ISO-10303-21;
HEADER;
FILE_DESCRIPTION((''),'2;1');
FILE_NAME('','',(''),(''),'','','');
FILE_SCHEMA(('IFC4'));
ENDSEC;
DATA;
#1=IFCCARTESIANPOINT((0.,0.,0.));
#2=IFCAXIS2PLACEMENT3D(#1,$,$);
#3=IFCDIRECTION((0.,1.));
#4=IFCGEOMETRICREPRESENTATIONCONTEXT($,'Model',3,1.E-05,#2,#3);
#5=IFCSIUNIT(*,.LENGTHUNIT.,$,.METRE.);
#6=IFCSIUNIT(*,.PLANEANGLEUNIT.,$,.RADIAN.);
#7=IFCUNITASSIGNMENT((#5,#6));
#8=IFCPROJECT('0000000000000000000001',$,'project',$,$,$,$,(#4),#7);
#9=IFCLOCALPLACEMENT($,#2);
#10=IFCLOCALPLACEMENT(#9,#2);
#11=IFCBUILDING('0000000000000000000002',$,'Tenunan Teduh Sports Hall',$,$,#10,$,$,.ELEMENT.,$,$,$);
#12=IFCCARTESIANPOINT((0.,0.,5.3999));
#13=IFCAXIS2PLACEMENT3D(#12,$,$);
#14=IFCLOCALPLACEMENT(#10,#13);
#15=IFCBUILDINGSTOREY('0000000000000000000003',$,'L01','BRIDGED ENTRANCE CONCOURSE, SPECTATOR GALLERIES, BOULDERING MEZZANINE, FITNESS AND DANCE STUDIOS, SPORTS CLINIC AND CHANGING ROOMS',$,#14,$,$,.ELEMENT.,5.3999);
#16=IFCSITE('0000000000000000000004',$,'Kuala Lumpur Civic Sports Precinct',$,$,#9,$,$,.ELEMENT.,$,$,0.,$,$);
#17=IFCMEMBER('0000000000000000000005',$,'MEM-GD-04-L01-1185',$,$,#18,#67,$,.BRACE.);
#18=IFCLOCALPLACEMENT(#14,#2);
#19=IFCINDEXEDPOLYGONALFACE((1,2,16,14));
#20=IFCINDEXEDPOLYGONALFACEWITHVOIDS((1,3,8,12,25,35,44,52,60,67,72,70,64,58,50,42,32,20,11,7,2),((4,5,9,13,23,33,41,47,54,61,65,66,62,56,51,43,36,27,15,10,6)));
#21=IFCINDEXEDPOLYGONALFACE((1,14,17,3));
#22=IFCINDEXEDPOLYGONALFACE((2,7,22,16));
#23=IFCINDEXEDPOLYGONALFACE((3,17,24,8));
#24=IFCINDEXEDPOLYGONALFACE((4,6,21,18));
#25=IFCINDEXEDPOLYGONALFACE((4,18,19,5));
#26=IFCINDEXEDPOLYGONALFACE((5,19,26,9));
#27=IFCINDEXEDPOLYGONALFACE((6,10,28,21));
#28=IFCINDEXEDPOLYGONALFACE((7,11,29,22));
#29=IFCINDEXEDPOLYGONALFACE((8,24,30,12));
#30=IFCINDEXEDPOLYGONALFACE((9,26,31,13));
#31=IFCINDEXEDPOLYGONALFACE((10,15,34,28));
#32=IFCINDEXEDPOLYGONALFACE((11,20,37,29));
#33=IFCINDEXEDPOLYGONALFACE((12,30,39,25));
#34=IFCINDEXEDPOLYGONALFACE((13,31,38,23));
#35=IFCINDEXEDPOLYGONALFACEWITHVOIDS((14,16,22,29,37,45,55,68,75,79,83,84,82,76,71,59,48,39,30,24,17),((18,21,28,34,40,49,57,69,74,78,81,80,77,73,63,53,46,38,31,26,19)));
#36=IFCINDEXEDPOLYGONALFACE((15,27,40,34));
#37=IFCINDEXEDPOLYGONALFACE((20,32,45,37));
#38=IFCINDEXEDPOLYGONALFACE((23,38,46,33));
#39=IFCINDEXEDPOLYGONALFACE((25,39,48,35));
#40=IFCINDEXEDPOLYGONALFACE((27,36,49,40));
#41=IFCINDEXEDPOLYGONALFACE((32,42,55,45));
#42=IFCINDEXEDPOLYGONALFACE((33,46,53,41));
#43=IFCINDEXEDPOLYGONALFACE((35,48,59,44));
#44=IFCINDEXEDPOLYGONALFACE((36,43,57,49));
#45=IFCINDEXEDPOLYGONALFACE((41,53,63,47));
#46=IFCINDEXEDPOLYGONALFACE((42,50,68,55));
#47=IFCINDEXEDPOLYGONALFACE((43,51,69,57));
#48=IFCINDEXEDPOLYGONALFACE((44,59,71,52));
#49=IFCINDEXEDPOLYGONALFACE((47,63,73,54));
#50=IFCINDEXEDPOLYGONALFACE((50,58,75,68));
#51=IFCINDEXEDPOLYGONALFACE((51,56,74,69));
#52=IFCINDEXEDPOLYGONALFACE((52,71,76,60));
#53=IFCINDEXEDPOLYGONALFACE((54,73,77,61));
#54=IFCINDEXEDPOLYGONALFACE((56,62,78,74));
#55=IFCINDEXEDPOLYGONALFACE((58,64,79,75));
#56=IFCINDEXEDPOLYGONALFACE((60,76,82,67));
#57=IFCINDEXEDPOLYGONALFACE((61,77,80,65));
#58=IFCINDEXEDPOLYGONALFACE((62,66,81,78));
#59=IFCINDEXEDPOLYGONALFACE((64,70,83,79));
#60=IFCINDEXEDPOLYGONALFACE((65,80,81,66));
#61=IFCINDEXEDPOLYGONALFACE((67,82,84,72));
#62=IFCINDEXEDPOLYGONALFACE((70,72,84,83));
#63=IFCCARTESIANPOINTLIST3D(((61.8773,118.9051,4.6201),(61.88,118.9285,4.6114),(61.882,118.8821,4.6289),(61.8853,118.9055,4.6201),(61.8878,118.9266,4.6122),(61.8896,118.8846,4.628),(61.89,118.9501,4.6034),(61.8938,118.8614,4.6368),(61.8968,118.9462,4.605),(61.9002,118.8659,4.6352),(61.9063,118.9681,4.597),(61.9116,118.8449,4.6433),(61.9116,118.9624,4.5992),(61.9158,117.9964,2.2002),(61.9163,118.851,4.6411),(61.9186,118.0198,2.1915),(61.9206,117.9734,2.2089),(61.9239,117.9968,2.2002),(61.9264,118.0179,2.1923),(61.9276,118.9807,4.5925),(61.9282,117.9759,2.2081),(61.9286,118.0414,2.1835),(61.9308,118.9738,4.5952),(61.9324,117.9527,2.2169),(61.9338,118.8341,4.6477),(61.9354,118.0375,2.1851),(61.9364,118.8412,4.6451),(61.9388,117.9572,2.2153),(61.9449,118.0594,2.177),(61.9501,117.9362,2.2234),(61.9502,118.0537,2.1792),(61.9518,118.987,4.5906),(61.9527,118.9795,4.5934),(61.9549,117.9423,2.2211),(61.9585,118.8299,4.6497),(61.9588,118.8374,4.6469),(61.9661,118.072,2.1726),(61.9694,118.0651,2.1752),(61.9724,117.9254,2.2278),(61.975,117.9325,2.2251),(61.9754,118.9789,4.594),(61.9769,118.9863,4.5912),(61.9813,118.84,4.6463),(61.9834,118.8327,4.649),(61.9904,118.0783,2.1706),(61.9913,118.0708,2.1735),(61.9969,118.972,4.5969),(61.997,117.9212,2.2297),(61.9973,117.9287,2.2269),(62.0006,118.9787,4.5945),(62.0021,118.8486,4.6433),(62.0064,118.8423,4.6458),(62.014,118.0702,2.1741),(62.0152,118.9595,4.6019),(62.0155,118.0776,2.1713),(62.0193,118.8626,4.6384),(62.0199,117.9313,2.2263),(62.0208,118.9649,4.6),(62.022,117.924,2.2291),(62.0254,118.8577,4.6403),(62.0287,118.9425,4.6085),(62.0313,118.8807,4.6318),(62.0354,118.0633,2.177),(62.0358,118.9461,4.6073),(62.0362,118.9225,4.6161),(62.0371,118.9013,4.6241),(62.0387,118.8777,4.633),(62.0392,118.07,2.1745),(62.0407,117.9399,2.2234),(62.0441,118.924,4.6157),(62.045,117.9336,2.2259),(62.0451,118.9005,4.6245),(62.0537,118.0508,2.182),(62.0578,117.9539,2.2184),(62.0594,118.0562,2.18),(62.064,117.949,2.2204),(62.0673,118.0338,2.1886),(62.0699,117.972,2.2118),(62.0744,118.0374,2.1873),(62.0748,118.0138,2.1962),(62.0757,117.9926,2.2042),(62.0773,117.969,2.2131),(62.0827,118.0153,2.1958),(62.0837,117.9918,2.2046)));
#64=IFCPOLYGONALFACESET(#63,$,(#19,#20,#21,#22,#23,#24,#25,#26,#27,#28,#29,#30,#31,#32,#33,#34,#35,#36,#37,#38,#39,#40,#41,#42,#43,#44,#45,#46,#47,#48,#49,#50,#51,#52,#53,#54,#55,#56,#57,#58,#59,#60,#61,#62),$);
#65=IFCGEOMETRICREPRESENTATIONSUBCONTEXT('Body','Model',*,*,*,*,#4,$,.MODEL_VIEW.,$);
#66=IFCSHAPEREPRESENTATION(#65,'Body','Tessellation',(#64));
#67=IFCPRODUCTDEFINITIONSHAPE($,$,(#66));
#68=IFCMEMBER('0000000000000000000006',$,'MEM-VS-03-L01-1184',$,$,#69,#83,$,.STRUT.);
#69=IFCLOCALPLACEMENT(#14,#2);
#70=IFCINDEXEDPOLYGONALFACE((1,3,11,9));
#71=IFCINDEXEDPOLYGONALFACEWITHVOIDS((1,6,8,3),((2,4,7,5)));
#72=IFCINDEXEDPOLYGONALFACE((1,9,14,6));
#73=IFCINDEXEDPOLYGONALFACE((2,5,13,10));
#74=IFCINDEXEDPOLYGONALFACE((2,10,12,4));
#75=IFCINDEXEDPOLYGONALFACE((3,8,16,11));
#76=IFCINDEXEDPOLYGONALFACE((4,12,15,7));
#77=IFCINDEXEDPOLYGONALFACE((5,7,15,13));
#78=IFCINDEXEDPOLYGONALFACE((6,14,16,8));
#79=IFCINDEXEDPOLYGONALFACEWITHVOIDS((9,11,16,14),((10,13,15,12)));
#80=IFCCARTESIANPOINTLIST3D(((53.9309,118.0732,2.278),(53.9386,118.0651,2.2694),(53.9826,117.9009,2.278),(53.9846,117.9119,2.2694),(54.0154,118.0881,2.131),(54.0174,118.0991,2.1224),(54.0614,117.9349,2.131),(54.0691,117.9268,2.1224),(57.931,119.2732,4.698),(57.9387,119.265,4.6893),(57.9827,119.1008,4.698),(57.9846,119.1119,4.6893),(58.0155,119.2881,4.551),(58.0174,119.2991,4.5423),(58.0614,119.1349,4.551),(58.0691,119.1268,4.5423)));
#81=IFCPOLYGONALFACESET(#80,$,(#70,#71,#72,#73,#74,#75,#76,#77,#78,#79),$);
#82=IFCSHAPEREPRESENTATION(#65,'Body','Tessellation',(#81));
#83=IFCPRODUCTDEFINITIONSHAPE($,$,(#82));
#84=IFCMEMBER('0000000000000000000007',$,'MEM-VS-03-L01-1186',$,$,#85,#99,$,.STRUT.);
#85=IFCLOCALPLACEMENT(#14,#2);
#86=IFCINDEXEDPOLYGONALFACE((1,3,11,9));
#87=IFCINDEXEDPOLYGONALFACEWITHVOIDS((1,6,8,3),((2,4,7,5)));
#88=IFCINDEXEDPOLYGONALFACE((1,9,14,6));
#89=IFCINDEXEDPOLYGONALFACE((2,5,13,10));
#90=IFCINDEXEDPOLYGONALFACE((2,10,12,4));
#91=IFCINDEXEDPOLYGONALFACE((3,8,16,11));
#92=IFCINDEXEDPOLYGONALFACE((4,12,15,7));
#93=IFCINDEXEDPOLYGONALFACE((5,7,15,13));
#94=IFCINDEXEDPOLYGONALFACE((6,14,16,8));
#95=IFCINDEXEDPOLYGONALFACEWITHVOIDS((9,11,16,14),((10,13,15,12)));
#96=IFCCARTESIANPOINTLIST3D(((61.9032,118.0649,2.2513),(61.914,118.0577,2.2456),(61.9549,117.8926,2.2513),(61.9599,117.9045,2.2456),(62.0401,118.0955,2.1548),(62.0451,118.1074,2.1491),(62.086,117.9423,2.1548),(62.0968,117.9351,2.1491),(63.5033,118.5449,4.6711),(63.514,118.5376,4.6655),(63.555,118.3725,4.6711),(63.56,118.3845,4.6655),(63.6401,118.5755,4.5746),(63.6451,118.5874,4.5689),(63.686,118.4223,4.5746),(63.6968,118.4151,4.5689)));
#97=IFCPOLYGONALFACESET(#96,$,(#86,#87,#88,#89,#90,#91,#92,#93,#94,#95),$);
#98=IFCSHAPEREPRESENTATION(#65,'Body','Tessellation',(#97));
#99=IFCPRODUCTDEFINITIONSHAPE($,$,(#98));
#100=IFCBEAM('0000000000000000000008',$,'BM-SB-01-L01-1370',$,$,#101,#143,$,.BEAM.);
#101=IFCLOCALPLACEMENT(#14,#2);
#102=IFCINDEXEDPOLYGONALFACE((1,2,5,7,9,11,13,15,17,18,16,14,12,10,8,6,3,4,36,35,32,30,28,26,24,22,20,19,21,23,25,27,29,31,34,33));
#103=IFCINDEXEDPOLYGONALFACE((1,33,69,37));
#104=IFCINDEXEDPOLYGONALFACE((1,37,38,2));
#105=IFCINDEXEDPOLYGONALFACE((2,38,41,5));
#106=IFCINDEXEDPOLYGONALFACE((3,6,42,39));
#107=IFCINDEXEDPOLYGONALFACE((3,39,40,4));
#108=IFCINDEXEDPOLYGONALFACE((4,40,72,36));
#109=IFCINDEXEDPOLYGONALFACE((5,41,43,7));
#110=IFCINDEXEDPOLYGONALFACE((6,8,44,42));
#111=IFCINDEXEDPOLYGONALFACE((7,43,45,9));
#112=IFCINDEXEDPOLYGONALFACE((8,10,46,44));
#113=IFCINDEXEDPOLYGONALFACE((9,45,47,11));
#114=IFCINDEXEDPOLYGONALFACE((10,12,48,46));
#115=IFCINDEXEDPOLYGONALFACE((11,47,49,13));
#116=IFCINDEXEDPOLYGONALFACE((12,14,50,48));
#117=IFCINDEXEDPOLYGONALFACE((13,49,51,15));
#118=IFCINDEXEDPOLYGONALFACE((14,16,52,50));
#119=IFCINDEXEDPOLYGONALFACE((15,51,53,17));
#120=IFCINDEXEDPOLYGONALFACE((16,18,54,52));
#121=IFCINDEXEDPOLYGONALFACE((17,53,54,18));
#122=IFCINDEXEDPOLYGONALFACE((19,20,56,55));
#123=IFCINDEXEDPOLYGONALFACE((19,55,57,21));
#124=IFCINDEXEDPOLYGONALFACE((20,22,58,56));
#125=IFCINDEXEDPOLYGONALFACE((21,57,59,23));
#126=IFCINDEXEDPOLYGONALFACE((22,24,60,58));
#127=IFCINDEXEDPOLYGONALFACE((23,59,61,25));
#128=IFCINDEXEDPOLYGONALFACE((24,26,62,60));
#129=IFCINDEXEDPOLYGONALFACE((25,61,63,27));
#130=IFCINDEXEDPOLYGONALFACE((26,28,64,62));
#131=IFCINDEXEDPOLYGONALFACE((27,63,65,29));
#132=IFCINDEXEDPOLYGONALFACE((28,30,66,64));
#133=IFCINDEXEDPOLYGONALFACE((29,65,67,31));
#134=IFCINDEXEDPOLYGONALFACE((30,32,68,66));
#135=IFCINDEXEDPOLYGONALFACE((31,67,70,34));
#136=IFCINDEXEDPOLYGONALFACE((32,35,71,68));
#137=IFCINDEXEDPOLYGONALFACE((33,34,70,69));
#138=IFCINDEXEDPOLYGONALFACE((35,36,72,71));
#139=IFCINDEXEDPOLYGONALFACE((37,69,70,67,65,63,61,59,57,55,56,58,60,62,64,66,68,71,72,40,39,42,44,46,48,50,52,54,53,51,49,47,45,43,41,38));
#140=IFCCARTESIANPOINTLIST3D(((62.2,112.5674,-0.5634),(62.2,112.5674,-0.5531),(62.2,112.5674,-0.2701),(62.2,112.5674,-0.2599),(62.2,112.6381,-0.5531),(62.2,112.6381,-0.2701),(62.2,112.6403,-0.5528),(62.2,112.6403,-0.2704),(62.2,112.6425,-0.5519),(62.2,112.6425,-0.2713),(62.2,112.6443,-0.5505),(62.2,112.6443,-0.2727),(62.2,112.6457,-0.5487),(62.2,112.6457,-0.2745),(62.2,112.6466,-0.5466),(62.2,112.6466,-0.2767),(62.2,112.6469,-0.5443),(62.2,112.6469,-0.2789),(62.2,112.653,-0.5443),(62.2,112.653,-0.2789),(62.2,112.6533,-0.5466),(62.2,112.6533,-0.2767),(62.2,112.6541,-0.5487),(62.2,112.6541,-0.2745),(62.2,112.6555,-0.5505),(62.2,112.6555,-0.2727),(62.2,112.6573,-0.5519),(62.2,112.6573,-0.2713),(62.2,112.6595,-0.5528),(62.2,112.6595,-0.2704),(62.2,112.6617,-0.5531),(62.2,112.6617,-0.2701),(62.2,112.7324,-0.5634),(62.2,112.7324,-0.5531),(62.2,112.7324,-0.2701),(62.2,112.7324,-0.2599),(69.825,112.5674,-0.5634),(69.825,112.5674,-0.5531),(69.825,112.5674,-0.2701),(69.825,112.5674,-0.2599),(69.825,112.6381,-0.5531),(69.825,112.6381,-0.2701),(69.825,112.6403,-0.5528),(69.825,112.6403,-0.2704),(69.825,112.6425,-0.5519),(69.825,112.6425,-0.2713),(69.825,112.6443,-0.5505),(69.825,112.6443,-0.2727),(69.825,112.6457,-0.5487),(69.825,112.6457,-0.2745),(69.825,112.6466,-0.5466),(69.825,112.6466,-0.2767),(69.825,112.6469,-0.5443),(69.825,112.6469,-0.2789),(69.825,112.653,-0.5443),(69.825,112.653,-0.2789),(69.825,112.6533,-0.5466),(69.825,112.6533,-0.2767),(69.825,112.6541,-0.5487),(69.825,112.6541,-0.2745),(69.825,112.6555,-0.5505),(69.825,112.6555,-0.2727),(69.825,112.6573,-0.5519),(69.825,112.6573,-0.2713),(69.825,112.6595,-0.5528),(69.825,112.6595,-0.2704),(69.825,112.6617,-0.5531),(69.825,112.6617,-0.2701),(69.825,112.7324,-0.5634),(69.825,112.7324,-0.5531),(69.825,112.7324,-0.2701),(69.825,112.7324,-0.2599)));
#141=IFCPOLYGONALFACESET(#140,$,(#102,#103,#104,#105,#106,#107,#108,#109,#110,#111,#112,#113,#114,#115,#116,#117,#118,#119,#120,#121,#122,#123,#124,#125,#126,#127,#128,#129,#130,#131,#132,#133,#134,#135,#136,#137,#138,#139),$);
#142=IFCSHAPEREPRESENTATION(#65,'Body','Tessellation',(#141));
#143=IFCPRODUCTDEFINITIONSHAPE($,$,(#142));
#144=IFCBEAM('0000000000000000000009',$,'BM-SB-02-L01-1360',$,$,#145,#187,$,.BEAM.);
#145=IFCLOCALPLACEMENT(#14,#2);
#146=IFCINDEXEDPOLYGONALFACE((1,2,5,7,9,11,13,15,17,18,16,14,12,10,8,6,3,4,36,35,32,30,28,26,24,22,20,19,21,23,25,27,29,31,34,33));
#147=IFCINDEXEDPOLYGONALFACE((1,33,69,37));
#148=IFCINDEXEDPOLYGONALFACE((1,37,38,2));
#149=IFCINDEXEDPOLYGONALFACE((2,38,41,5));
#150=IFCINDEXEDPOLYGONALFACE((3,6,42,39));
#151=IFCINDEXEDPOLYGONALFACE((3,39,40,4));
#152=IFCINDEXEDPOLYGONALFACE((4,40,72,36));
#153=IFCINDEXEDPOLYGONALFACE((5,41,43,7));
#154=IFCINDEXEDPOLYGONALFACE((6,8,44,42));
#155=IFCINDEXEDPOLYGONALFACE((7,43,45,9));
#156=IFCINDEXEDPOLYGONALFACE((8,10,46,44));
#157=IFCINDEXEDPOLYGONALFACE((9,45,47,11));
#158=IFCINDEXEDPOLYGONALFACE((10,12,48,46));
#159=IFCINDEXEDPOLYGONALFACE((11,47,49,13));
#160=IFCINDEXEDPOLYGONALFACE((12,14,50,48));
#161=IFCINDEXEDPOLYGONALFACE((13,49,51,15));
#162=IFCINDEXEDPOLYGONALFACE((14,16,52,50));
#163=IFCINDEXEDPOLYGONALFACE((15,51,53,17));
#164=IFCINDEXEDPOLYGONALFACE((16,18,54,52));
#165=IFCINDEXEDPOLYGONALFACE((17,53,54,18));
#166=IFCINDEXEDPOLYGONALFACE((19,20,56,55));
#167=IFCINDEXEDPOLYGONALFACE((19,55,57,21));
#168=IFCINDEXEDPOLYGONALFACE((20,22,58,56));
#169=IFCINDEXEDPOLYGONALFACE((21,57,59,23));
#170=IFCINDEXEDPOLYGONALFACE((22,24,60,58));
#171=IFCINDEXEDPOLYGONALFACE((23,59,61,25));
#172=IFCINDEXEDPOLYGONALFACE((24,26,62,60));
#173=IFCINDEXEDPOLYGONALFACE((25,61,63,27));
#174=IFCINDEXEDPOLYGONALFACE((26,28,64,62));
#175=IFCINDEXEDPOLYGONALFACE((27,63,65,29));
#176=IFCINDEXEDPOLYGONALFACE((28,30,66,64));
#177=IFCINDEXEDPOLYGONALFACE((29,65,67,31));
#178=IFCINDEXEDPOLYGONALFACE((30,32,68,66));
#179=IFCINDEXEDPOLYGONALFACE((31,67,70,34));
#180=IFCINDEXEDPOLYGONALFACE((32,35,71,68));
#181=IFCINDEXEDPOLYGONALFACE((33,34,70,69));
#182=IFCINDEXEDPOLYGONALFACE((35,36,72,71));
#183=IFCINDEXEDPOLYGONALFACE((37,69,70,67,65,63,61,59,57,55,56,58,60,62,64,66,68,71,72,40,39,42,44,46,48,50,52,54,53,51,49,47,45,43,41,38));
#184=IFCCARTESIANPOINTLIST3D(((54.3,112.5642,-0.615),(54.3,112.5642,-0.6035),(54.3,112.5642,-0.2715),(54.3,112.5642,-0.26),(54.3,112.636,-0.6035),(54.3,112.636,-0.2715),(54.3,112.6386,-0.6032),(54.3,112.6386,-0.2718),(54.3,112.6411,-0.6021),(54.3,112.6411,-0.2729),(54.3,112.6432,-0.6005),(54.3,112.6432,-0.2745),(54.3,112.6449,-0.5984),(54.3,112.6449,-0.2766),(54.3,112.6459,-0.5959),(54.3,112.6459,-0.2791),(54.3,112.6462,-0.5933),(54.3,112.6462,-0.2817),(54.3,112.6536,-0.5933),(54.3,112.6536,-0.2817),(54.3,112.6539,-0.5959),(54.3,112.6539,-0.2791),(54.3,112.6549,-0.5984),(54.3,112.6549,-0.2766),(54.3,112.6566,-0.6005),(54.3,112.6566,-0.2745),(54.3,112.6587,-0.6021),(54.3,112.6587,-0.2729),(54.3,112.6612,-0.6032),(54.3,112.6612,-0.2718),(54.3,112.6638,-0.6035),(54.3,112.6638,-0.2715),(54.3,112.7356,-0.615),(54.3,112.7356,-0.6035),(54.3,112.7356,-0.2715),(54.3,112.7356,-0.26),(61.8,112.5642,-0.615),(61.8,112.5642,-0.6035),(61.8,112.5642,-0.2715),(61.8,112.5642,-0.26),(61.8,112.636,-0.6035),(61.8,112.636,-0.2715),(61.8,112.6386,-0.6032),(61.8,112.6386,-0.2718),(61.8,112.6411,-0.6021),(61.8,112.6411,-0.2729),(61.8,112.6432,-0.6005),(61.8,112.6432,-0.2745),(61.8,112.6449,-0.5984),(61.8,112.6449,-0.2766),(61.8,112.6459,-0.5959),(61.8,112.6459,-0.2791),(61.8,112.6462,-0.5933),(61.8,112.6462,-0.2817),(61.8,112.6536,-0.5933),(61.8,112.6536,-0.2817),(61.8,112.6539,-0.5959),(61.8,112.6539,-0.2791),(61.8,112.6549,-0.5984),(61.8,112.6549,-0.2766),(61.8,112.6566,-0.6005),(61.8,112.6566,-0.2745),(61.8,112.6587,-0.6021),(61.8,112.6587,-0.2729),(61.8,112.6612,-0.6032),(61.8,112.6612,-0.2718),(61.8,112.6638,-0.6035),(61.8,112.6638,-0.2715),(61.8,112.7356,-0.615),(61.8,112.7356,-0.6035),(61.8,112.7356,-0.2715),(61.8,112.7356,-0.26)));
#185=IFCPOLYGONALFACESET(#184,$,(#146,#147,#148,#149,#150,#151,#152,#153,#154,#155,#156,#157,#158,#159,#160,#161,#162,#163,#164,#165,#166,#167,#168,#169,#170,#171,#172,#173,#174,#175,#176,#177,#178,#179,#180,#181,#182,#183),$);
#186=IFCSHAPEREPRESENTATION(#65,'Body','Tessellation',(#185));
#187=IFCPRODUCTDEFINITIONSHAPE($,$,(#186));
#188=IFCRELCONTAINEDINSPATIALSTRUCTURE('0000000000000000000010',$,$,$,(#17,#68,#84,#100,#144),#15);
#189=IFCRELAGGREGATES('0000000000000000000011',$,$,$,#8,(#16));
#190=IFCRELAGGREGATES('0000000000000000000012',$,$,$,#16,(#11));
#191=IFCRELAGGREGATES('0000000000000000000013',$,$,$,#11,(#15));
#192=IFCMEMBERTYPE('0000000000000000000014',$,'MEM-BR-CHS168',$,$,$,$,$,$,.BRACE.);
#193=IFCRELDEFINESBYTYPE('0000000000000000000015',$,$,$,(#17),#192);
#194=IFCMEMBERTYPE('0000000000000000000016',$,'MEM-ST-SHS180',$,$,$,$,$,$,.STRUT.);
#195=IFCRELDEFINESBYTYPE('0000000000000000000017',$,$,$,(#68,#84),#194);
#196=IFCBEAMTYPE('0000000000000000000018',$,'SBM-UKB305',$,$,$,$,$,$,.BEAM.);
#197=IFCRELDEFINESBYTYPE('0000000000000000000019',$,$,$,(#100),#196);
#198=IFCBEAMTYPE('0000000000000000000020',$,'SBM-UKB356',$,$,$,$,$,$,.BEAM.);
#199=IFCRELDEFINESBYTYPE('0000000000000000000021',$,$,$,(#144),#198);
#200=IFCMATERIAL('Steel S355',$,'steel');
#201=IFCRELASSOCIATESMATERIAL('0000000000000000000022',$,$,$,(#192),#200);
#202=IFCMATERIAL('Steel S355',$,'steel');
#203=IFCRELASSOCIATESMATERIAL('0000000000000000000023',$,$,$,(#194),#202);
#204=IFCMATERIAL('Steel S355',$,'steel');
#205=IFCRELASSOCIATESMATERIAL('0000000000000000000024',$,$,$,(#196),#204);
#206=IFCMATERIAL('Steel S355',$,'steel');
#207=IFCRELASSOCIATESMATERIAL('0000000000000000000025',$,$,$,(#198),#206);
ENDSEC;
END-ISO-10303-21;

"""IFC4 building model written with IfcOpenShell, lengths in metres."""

from ifc_helpers import new_model, si_unit, direction, frame, origin, origin_2d, place, context, subcontext, project, spatial, hollow_rectangle, hollow_circle, i_section, extrude, material, material_profile, profile_set, type_object, element, save


model = new_model("IFC4")

# Units and contexts
model_context = context("Model", 3, precision=1e-05, world=origin(), true_north=direction((0.0, 1.0)))
body_context = subcontext(model_context, "Body", "Model", "MODEL_VIEW")
ifc_project = project(units=[si_unit("LENGTHUNIT", "METRE"), si_unit("PLANEANGLEUNIT", "RADIAN")], contexts=[model_context])

# Site, building, storey
site_placement = place(None, origin())
site = spatial("IfcSite", under=ifc_project, at=site_placement, Name="Kuala Lumpur Civic Sports Precinct", CompositionType="ELEMENT", RefElevation=0.0)
building_placement = place(site_placement, origin())
building = spatial("IfcBuilding", under=site, at=building_placement, Name="Tenunan Teduh Sports Hall", CompositionType="ELEMENT")
storey_placement = place(building_placement, frame((0.0, 0.0, 5.3999)))
storey = spatial("IfcBuildingStorey", under=building, at=storey_placement, Name="L01", Description="BRIDGED ENTRANCE CONCOURSE, SPECTATOR GALLERIES, BOULDERING MEZZANINE, FITNESS AND DANCE STUDIOS, SPORTS CLINIC AND CHANGING ROOMS", CompositionType="ELEMENT", Elevation=5.3999)

# Members
ifc_material_1 = material(Name="Steel S355", Category="steel")
ifc_material_profile_1 = material_profile(ifc_material_1, hollow_circle(Radius=0.0842, WallThickness=0.0081, at=origin_2d()), Name="CHS 168.3x8.0")
ifc_profile_set_1 = profile_set([ifc_material_profile_1], Name="Steel S355")
member_type_1 = type_object("IfcMemberType", Name="MEM-BR-CHS168", PredefinedType="BRACE", material=ifc_profile_set_1)
member_1_placement = place(storey_placement, frame((62.0, 118.0, 2.2002), z_axis=(-0.014921, 0.351498, 0.93607), x_axis=(-0.9991, -0.042412, 0.0)))
element("IfcMember", 1, at=member_1_placement, inside=storey, type_object=member_type_1, Name="MEM-GD-04-L01-1185", PredefinedType="BRACE", context=body_context, shape_type="SweptSolid", body=[
    extrude(hollow_circle(Radius=0.0842, WallThickness=0.0081, at=origin_2d()), origin(), (0.0, 0.0, 1.0), 2.5852),
])
ifc_material_2 = material(Name="Steel S355", Category="steel")
ifc_material_profile_2 = material_profile(ifc_material_2, hollow_rectangle(XDim=0.1799, YDim=0.1799, WallThickness=0.01, at=origin_2d()), Name="SHS 180x180x10.0")
ifc_profile_set_2 = profile_set([ifc_material_profile_2], Name="Steel S355")
member_type_2 = type_object("IfcMemberType", Name="MEM-ST-SHS180", PredefinedType="STRUT", material=ifc_profile_set_2)
member_2_placement = place(storey_placement, frame((54.0, 118.0, 2.2002), z_axis=(0.828744, 0.248613, 0.501374), x_axis=(-0.287337, 0.95783, 0.0)))
element("IfcMember", 2, at=member_2_placement, inside=storey, type_object=member_type_2, Name="MEM-VS-03-L01-1184", PredefinedType="STRUT", context=body_context, shape_type="SweptSolid", body=[
    extrude(hollow_rectangle(XDim=0.1799, YDim=0.1799, WallThickness=0.01, at=origin_2d()), origin(), (0.0, 0.0, 1.0), 4.8267),
])
member_3_placement = place(storey_placement, frame((62.0, 118.0, 2.2002), z_axis=(0.544153, 0.163229, 0.822954), x_axis=(-0.287321, 0.957834, 0.0)))
element("IfcMember", 3, at=member_3_placement, inside=storey, type_object=member_type_2, Name="MEM-VS-03-L01-1186", PredefinedType="STRUT", context=body_context, shape_type="SweptSolid", body=[
    extrude(hollow_rectangle(XDim=0.1799, YDim=0.1799, WallThickness=0.01, at=origin_2d()), origin(), (0.0, 0.0, 1.0), 2.9404),
])

# Beams
ifc_material_3 = material(Name="Steel S355", Category="steel")
ifc_material_profile_3 = material_profile(ifc_material_3, i_section(OverallWidth=0.165, OverallDepth=0.3035, WebThickness=0.0061, FlangeThickness=0.0103, FilletRadius=0.0088, at=origin_2d()), Name="UKB 305x165x40")
ifc_profile_set_3 = profile_set([ifc_material_profile_3], Name="Steel S355")
beam_type_1 = type_object("IfcBeamType", Name="SBM-UKB305", PredefinedType="BEAM", material=ifc_profile_set_3)
beam_1_placement = place(storey_placement, frame((62.2, 112.6499, -0.4116), z_axis=(1.0, 0.0, 0.0), x_axis=(0.0, 1.0, 0.0)))
element("IfcBeam", 4, at=beam_1_placement, inside=storey, type_object=beam_type_1, Name="BM-SB-01-L01-1370", PredefinedType="BEAM", context=body_context, shape_type="SweptSolid", body=[
    extrude(i_section(OverallWidth=0.165, OverallDepth=0.3035, WebThickness=0.0061, FlangeThickness=0.0103, FilletRadius=0.0088, at=origin_2d()), origin(), (0.0, 0.0, 1.0), 7.625),
])
ifc_material_4 = material(Name="Steel S355", Category="steel")
ifc_material_profile_4 = material_profile(ifc_material_4, i_section(OverallWidth=0.1714, OverallDepth=0.355, WebThickness=0.0073, FlangeThickness=0.0115, FilletRadius=0.0103, at=origin_2d()), Name="UKB 356x171x51")
ifc_profile_set_4 = profile_set([ifc_material_profile_4], Name="Steel S355")
beam_type_2 = type_object("IfcBeamType", Name="SBM-UKB356", PredefinedType="BEAM", material=ifc_profile_set_4)
beam_2_placement = place(storey_placement, frame((54.3, 112.6499, -0.4375), z_axis=(1.0, 0.0, 0.0), x_axis=(0.0, 1.0, 0.0)))
element("IfcBeam", 5, at=beam_2_placement, inside=storey, type_object=beam_type_2, Name="BM-SB-02-L01-1360", PredefinedType="BEAM", context=body_context, shape_type="SweptSolid", body=[
    extrude(i_section(OverallWidth=0.1714, OverallDepth=0.355, WebThickness=0.0073, FlangeThickness=0.0115, FilletRadius=0.0103, at=origin_2d()), origin(), (0.0, 0.0, 1.0), 7.5),
])

save(model, "model.ifc")
